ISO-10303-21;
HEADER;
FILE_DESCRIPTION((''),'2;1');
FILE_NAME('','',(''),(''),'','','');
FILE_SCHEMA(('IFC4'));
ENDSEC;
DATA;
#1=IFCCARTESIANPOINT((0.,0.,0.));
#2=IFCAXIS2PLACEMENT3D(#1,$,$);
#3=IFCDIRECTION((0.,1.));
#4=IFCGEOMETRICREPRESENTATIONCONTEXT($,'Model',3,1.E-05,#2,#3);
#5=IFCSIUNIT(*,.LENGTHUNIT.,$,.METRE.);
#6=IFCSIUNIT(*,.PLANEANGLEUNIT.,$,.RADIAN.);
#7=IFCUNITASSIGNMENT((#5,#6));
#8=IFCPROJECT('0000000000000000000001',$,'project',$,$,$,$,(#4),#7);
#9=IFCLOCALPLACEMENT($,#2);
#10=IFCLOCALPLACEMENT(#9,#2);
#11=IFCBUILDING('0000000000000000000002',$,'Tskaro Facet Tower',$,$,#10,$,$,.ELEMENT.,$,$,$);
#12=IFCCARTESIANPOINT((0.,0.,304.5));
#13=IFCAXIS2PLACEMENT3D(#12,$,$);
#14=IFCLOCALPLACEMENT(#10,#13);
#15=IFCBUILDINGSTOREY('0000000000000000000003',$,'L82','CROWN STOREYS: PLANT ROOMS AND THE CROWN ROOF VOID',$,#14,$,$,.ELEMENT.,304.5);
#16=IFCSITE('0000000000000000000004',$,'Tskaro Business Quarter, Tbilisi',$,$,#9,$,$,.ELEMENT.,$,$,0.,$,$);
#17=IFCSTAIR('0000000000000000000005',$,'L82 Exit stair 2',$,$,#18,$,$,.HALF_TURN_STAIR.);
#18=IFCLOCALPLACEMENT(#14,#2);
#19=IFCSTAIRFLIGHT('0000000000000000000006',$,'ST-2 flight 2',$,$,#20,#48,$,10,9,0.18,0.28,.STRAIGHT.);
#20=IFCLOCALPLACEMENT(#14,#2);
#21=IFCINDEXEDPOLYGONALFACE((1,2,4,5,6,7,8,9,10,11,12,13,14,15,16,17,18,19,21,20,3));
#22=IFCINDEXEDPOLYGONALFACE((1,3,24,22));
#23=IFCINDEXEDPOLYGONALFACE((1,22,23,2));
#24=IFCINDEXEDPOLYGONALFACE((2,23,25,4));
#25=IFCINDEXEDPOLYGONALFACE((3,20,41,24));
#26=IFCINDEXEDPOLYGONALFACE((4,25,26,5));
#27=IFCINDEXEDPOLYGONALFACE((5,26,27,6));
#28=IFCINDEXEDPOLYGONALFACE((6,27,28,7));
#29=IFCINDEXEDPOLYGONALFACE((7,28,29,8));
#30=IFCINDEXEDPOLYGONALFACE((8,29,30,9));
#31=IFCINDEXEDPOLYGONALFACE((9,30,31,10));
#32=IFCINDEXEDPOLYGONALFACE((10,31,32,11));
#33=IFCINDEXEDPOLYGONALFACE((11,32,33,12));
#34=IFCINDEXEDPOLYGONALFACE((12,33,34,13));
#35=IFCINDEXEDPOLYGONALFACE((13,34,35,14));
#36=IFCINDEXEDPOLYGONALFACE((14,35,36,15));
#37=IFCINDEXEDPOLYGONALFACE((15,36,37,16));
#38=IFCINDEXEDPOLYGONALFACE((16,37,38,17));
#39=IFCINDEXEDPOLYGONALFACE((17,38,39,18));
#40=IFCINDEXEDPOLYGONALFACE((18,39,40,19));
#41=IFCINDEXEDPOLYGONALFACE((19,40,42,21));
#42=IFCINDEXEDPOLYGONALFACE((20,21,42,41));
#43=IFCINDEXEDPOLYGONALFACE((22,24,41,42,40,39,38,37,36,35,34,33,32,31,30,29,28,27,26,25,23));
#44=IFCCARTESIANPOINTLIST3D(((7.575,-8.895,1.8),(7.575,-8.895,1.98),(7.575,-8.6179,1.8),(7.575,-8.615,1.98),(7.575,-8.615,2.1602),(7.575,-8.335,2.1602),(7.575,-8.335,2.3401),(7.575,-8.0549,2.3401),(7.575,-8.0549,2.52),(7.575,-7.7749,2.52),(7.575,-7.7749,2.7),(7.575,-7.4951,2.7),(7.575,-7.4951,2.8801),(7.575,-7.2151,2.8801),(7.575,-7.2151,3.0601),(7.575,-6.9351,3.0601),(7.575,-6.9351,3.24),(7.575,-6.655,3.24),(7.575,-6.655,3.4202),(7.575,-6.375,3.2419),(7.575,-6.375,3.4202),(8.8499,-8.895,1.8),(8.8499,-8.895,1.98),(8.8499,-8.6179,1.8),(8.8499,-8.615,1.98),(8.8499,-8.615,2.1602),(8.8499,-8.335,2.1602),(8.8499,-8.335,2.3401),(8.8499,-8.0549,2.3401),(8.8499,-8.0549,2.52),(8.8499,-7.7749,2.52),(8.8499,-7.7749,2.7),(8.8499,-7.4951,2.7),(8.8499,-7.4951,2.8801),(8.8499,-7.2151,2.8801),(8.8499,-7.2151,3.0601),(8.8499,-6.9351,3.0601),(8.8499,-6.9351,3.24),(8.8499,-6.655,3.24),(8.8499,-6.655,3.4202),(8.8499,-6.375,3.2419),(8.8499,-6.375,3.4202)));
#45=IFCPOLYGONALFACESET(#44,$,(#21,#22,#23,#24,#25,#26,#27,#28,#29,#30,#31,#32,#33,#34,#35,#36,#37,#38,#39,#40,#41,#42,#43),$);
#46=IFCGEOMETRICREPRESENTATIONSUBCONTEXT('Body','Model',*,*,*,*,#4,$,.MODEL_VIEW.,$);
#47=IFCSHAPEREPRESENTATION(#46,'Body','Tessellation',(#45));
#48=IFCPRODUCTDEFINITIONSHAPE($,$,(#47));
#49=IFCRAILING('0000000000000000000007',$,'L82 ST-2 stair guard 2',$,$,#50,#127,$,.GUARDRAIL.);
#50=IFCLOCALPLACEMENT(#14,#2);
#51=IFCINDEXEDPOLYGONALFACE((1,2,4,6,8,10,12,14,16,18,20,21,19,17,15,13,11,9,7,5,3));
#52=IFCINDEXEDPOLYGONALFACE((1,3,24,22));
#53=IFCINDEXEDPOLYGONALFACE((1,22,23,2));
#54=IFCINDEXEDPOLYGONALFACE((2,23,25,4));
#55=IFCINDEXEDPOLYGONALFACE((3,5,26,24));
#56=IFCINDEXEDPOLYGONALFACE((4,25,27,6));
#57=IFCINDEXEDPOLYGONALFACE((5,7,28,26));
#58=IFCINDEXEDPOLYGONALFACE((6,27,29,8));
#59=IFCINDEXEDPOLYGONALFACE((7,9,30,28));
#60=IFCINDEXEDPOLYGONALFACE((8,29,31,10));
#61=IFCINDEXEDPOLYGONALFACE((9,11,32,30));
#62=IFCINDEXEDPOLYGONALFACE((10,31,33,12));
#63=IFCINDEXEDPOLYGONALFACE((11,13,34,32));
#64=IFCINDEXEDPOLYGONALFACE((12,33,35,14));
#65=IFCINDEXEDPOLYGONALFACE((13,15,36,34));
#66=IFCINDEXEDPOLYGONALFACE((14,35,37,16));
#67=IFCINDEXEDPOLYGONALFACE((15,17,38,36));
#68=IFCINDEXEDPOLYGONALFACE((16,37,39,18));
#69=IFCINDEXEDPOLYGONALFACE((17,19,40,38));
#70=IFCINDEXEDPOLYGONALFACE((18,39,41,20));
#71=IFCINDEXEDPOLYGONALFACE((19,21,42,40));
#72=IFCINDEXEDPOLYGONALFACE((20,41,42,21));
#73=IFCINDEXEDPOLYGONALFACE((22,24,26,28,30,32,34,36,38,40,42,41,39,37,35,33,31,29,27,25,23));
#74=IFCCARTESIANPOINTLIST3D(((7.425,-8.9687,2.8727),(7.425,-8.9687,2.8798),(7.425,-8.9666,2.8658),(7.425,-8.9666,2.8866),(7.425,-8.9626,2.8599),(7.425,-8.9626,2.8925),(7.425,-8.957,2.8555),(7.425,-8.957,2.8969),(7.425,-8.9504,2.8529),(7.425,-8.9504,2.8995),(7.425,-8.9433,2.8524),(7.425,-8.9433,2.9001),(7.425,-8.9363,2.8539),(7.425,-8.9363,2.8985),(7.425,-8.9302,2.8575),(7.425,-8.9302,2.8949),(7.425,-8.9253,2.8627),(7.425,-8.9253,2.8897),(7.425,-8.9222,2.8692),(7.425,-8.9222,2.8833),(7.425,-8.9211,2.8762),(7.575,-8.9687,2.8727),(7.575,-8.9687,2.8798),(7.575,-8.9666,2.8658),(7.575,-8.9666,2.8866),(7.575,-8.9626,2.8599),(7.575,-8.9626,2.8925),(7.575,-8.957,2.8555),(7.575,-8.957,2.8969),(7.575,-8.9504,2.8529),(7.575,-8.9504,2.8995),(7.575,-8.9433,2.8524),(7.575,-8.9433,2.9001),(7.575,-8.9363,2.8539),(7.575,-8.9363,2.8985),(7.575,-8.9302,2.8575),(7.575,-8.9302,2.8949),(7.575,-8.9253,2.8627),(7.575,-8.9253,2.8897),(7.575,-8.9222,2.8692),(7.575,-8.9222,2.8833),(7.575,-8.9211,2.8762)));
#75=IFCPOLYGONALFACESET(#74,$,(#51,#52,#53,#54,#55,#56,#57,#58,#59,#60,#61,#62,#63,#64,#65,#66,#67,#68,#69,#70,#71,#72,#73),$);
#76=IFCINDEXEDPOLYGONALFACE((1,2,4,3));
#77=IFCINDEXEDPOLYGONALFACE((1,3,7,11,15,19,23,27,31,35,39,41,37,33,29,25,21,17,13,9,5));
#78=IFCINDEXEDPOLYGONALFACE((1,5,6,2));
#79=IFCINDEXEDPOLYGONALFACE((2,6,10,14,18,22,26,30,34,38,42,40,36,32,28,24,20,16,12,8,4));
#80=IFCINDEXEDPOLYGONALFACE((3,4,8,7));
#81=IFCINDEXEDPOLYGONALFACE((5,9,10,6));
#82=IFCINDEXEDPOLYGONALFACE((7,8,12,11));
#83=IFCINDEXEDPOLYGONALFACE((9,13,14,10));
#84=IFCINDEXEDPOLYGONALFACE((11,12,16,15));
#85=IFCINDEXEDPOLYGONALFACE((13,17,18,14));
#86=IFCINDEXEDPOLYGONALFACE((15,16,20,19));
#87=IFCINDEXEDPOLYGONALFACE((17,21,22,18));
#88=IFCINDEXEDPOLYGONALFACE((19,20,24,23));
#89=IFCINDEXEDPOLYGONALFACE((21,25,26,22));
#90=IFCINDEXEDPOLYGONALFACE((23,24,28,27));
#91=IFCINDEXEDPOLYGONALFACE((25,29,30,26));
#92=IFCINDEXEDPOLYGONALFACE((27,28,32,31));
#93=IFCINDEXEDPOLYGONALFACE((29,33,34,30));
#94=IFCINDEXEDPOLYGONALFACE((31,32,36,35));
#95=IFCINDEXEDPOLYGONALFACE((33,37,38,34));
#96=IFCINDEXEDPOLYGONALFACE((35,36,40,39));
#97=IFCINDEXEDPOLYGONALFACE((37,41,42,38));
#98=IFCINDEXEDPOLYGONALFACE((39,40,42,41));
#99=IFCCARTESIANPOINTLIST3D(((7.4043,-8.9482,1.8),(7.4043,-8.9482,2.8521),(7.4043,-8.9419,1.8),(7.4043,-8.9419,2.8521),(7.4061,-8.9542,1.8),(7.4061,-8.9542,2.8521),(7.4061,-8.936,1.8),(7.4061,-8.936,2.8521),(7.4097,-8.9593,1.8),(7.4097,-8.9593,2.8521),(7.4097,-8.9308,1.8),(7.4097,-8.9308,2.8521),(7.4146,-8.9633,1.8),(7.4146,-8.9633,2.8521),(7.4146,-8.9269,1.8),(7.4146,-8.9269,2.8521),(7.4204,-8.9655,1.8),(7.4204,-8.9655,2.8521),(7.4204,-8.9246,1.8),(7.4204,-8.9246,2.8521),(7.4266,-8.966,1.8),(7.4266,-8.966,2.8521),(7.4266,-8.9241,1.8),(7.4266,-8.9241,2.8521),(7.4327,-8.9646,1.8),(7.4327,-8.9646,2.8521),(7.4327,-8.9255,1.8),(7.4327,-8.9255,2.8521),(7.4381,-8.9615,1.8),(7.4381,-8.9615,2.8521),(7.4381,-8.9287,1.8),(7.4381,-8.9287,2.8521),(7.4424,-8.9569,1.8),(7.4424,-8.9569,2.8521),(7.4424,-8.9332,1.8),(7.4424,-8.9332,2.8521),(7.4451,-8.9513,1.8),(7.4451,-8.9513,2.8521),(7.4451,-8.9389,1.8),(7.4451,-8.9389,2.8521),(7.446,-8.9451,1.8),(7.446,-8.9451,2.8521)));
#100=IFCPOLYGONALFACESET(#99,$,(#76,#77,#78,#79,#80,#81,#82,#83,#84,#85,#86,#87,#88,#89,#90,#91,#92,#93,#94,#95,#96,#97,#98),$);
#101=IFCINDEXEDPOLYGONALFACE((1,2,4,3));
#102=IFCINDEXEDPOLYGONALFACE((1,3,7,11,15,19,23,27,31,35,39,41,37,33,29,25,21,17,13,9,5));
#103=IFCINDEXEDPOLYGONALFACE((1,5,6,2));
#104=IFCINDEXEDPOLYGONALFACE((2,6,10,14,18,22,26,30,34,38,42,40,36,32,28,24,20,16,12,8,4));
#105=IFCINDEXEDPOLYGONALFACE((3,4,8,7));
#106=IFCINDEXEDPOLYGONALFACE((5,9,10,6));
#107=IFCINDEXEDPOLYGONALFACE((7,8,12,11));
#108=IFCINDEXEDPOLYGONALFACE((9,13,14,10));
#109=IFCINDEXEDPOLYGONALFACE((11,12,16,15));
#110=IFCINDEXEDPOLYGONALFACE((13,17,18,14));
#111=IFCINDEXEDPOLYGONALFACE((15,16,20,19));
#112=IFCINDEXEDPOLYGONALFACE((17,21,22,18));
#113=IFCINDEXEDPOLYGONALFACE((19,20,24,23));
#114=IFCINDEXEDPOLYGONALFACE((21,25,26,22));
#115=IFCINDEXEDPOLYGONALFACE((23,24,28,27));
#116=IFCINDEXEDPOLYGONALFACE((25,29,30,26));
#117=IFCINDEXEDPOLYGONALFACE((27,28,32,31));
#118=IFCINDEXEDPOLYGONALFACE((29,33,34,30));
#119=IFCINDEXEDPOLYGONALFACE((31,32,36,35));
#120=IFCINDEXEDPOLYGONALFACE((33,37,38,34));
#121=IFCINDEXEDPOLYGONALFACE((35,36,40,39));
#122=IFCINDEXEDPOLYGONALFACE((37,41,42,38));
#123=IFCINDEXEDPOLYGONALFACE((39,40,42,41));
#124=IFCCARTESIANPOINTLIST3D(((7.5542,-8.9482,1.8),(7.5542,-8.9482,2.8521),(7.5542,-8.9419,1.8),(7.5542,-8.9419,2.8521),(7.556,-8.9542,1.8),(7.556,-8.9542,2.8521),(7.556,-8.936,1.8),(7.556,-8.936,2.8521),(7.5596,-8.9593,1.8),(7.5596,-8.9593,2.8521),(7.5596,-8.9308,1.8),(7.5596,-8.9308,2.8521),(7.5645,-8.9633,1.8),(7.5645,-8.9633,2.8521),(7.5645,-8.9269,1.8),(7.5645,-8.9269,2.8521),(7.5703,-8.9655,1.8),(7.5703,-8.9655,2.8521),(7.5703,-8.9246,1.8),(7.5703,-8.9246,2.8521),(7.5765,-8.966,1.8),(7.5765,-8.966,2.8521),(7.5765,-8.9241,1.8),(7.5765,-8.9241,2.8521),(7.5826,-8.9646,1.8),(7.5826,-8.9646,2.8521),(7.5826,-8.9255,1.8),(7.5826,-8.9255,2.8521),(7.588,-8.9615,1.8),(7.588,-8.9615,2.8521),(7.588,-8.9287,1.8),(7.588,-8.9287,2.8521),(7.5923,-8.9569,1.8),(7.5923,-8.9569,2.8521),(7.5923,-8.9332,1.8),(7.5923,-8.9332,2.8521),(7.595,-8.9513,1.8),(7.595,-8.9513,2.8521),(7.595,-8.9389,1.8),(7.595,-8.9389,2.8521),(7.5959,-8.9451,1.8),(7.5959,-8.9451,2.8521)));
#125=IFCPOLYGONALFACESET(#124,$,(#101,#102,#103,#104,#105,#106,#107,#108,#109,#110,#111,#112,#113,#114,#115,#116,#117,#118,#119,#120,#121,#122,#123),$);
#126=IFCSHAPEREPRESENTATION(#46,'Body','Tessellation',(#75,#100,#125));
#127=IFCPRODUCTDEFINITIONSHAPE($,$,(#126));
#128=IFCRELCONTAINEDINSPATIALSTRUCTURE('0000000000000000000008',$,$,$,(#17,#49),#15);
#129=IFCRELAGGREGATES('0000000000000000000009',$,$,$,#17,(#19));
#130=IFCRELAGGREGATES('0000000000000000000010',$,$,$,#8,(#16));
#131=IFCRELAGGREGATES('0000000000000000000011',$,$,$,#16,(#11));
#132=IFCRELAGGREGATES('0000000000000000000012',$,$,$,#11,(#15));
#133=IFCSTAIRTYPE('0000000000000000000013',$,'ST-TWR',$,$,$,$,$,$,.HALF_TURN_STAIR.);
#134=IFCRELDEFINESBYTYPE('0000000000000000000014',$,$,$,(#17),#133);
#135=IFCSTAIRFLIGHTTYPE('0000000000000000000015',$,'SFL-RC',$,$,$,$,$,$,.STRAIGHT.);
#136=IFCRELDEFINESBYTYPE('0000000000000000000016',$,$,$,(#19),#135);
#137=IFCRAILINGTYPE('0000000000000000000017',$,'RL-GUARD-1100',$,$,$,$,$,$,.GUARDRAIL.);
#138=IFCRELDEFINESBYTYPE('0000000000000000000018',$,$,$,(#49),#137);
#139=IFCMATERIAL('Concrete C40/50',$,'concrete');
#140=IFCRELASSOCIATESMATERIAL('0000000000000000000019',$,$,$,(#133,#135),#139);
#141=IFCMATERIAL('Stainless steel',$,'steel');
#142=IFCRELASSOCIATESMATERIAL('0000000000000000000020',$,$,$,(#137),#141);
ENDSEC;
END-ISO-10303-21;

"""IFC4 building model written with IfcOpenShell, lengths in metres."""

from ifc_helpers import new_model, si_unit, direction, frame, origin, origin_2d, place, context, subcontext, project, spatial, polyline, circle, outline, extrude, material, type_object, element, aggregate, save


model = new_model("IFC4")

# Units and contexts
model_context = context("Model", 3, precision=1e-05, world=origin(), true_north=direction((0.0, 1.0)))
body_context = subcontext(model_context, "Body", "Model", "MODEL_VIEW")
ifc_project = project(units=[si_unit("LENGTHUNIT", "METRE"), si_unit("PLANEANGLEUNIT", "RADIAN")], contexts=[model_context])

# Site, building, storey
site_placement = place(None, origin())
site = spatial("IfcSite", under=ifc_project, at=site_placement, Name="Tskaro Business Quarter, Tbilisi", CompositionType="ELEMENT", RefElevation=0.0)
building_placement = place(site_placement, origin())
building = spatial("IfcBuilding", under=site, at=building_placement, Name="Tskaro Facet Tower", CompositionType="ELEMENT")
storey_placement = place(building_placement, frame((0.0, 0.0, 304.5)))
storey = spatial("IfcBuildingStorey", under=building, at=storey_placement, Name="L82", Description="CROWN STOREYS: PLANT ROOMS AND THE CROWN ROOF VOID", CompositionType="ELEMENT", Elevation=304.5)

# Shared definitions
ifc_material_1 = material(Name="Concrete C40/50", Category="concrete")

# Stair, stair flight
stair_type = type_object("IfcStairType", Name="ST-TWR", PredefinedType="HALF_TURN_STAIR", material=ifc_material_1)
stair_placement = place(storey_placement, origin())
stair = element("IfcStair", 1, at=stair_placement, inside=storey, type_object=stair_type, Name="L82 Exit stair 2", PredefinedType="HALF_TURN_STAIR")
stair_flight_type = type_object("IfcStairFlightType", Name="SFL-RC", PredefinedType="STRAIGHT", material=ifc_material_1)
stair_flight_1_placement = place(storey_placement, frame((8.2124, -8.895, 1.8), z_axis=(0.0, 0.0, 1.0), x_axis=(0.0, 1.0, 0.0)))
stair_flight_1 = element("IfcStairFlight", 2, at=stair_flight_1_placement, type_object=stair_flight_type, Name="ST-2 flight 2", NumberOfRisers=10, NumberOfTreads=9, PredefinedType="STRAIGHT", RiserHeight=0.18, TreadLength=0.28, context=body_context, shape_type="SweptSolid", body=[
    extrude(outline(polyline([(0.0, 0.0), (0.0, 0.1799), (0.28, 0.1799), (0.28, 0.3601), (0.5601, 0.3601), (0.5601, 0.54), (0.8401, 0.54), (0.8401, 0.72), (1.1201, 0.72), (1.1201, 0.8999), (1.3999, 0.8999), (1.3999, 1.0801), (1.6799, 1.0801), (1.6799, 1.26), (1.96, 1.26), (1.96, 1.4399), (2.24, 1.4399), (2.24, 1.6201), (2.52, 1.6201), (2.52, 1.8), (2.52, 1.4419), (0.2771, 0.0), (0.0, 0.0)])), frame((0.0, 0.6375, 0.0), z_axis=(0.0, -1.0, 0.0), x_axis=(1.0, 0.0, 0.0)), (0.0, 0.0, 1.0), 1.2749),
])
aggregate(stair, [stair_flight_1])

# Railing
ifc_material_2 = material(Name="Stainless steel", Category="steel")
railing_type_1 = type_object("IfcRailingType", Name="RL-GUARD-1100", PredefinedType="GUARDRAIL", material=ifc_material_2)
railing_1_placement = place(storey_placement, frame((7.425, -8.9451, 1.8)))
element("IfcRailing", 3, at=railing_1_placement, inside=storey, type_object=railing_type_1, Name="L82 ST-2 stair guard 2", PredefinedType="GUARDRAIL", context=body_context, shape_type="SweptSolid", body=[
    extrude(circle(Radius=0.0239, at=origin_2d()), frame((0.0, 0.0, 1.0762), z_axis=(1.0, 0.0, 0.0), x_axis=(0.0, 1.0, 0.0)), (0.0, 0.0, 1.0), 0.1499),
    extrude(circle(Radius=0.021, at=origin_2d()), origin(), (0.0, 0.0, 1.0), 1.052),
    extrude(circle(Radius=0.021, at=origin_2d()), frame((0.1499, 0.0, 0.0)), (0.0, 0.0, 1.0), 1.052),
])

save(model, "model.ifc")
